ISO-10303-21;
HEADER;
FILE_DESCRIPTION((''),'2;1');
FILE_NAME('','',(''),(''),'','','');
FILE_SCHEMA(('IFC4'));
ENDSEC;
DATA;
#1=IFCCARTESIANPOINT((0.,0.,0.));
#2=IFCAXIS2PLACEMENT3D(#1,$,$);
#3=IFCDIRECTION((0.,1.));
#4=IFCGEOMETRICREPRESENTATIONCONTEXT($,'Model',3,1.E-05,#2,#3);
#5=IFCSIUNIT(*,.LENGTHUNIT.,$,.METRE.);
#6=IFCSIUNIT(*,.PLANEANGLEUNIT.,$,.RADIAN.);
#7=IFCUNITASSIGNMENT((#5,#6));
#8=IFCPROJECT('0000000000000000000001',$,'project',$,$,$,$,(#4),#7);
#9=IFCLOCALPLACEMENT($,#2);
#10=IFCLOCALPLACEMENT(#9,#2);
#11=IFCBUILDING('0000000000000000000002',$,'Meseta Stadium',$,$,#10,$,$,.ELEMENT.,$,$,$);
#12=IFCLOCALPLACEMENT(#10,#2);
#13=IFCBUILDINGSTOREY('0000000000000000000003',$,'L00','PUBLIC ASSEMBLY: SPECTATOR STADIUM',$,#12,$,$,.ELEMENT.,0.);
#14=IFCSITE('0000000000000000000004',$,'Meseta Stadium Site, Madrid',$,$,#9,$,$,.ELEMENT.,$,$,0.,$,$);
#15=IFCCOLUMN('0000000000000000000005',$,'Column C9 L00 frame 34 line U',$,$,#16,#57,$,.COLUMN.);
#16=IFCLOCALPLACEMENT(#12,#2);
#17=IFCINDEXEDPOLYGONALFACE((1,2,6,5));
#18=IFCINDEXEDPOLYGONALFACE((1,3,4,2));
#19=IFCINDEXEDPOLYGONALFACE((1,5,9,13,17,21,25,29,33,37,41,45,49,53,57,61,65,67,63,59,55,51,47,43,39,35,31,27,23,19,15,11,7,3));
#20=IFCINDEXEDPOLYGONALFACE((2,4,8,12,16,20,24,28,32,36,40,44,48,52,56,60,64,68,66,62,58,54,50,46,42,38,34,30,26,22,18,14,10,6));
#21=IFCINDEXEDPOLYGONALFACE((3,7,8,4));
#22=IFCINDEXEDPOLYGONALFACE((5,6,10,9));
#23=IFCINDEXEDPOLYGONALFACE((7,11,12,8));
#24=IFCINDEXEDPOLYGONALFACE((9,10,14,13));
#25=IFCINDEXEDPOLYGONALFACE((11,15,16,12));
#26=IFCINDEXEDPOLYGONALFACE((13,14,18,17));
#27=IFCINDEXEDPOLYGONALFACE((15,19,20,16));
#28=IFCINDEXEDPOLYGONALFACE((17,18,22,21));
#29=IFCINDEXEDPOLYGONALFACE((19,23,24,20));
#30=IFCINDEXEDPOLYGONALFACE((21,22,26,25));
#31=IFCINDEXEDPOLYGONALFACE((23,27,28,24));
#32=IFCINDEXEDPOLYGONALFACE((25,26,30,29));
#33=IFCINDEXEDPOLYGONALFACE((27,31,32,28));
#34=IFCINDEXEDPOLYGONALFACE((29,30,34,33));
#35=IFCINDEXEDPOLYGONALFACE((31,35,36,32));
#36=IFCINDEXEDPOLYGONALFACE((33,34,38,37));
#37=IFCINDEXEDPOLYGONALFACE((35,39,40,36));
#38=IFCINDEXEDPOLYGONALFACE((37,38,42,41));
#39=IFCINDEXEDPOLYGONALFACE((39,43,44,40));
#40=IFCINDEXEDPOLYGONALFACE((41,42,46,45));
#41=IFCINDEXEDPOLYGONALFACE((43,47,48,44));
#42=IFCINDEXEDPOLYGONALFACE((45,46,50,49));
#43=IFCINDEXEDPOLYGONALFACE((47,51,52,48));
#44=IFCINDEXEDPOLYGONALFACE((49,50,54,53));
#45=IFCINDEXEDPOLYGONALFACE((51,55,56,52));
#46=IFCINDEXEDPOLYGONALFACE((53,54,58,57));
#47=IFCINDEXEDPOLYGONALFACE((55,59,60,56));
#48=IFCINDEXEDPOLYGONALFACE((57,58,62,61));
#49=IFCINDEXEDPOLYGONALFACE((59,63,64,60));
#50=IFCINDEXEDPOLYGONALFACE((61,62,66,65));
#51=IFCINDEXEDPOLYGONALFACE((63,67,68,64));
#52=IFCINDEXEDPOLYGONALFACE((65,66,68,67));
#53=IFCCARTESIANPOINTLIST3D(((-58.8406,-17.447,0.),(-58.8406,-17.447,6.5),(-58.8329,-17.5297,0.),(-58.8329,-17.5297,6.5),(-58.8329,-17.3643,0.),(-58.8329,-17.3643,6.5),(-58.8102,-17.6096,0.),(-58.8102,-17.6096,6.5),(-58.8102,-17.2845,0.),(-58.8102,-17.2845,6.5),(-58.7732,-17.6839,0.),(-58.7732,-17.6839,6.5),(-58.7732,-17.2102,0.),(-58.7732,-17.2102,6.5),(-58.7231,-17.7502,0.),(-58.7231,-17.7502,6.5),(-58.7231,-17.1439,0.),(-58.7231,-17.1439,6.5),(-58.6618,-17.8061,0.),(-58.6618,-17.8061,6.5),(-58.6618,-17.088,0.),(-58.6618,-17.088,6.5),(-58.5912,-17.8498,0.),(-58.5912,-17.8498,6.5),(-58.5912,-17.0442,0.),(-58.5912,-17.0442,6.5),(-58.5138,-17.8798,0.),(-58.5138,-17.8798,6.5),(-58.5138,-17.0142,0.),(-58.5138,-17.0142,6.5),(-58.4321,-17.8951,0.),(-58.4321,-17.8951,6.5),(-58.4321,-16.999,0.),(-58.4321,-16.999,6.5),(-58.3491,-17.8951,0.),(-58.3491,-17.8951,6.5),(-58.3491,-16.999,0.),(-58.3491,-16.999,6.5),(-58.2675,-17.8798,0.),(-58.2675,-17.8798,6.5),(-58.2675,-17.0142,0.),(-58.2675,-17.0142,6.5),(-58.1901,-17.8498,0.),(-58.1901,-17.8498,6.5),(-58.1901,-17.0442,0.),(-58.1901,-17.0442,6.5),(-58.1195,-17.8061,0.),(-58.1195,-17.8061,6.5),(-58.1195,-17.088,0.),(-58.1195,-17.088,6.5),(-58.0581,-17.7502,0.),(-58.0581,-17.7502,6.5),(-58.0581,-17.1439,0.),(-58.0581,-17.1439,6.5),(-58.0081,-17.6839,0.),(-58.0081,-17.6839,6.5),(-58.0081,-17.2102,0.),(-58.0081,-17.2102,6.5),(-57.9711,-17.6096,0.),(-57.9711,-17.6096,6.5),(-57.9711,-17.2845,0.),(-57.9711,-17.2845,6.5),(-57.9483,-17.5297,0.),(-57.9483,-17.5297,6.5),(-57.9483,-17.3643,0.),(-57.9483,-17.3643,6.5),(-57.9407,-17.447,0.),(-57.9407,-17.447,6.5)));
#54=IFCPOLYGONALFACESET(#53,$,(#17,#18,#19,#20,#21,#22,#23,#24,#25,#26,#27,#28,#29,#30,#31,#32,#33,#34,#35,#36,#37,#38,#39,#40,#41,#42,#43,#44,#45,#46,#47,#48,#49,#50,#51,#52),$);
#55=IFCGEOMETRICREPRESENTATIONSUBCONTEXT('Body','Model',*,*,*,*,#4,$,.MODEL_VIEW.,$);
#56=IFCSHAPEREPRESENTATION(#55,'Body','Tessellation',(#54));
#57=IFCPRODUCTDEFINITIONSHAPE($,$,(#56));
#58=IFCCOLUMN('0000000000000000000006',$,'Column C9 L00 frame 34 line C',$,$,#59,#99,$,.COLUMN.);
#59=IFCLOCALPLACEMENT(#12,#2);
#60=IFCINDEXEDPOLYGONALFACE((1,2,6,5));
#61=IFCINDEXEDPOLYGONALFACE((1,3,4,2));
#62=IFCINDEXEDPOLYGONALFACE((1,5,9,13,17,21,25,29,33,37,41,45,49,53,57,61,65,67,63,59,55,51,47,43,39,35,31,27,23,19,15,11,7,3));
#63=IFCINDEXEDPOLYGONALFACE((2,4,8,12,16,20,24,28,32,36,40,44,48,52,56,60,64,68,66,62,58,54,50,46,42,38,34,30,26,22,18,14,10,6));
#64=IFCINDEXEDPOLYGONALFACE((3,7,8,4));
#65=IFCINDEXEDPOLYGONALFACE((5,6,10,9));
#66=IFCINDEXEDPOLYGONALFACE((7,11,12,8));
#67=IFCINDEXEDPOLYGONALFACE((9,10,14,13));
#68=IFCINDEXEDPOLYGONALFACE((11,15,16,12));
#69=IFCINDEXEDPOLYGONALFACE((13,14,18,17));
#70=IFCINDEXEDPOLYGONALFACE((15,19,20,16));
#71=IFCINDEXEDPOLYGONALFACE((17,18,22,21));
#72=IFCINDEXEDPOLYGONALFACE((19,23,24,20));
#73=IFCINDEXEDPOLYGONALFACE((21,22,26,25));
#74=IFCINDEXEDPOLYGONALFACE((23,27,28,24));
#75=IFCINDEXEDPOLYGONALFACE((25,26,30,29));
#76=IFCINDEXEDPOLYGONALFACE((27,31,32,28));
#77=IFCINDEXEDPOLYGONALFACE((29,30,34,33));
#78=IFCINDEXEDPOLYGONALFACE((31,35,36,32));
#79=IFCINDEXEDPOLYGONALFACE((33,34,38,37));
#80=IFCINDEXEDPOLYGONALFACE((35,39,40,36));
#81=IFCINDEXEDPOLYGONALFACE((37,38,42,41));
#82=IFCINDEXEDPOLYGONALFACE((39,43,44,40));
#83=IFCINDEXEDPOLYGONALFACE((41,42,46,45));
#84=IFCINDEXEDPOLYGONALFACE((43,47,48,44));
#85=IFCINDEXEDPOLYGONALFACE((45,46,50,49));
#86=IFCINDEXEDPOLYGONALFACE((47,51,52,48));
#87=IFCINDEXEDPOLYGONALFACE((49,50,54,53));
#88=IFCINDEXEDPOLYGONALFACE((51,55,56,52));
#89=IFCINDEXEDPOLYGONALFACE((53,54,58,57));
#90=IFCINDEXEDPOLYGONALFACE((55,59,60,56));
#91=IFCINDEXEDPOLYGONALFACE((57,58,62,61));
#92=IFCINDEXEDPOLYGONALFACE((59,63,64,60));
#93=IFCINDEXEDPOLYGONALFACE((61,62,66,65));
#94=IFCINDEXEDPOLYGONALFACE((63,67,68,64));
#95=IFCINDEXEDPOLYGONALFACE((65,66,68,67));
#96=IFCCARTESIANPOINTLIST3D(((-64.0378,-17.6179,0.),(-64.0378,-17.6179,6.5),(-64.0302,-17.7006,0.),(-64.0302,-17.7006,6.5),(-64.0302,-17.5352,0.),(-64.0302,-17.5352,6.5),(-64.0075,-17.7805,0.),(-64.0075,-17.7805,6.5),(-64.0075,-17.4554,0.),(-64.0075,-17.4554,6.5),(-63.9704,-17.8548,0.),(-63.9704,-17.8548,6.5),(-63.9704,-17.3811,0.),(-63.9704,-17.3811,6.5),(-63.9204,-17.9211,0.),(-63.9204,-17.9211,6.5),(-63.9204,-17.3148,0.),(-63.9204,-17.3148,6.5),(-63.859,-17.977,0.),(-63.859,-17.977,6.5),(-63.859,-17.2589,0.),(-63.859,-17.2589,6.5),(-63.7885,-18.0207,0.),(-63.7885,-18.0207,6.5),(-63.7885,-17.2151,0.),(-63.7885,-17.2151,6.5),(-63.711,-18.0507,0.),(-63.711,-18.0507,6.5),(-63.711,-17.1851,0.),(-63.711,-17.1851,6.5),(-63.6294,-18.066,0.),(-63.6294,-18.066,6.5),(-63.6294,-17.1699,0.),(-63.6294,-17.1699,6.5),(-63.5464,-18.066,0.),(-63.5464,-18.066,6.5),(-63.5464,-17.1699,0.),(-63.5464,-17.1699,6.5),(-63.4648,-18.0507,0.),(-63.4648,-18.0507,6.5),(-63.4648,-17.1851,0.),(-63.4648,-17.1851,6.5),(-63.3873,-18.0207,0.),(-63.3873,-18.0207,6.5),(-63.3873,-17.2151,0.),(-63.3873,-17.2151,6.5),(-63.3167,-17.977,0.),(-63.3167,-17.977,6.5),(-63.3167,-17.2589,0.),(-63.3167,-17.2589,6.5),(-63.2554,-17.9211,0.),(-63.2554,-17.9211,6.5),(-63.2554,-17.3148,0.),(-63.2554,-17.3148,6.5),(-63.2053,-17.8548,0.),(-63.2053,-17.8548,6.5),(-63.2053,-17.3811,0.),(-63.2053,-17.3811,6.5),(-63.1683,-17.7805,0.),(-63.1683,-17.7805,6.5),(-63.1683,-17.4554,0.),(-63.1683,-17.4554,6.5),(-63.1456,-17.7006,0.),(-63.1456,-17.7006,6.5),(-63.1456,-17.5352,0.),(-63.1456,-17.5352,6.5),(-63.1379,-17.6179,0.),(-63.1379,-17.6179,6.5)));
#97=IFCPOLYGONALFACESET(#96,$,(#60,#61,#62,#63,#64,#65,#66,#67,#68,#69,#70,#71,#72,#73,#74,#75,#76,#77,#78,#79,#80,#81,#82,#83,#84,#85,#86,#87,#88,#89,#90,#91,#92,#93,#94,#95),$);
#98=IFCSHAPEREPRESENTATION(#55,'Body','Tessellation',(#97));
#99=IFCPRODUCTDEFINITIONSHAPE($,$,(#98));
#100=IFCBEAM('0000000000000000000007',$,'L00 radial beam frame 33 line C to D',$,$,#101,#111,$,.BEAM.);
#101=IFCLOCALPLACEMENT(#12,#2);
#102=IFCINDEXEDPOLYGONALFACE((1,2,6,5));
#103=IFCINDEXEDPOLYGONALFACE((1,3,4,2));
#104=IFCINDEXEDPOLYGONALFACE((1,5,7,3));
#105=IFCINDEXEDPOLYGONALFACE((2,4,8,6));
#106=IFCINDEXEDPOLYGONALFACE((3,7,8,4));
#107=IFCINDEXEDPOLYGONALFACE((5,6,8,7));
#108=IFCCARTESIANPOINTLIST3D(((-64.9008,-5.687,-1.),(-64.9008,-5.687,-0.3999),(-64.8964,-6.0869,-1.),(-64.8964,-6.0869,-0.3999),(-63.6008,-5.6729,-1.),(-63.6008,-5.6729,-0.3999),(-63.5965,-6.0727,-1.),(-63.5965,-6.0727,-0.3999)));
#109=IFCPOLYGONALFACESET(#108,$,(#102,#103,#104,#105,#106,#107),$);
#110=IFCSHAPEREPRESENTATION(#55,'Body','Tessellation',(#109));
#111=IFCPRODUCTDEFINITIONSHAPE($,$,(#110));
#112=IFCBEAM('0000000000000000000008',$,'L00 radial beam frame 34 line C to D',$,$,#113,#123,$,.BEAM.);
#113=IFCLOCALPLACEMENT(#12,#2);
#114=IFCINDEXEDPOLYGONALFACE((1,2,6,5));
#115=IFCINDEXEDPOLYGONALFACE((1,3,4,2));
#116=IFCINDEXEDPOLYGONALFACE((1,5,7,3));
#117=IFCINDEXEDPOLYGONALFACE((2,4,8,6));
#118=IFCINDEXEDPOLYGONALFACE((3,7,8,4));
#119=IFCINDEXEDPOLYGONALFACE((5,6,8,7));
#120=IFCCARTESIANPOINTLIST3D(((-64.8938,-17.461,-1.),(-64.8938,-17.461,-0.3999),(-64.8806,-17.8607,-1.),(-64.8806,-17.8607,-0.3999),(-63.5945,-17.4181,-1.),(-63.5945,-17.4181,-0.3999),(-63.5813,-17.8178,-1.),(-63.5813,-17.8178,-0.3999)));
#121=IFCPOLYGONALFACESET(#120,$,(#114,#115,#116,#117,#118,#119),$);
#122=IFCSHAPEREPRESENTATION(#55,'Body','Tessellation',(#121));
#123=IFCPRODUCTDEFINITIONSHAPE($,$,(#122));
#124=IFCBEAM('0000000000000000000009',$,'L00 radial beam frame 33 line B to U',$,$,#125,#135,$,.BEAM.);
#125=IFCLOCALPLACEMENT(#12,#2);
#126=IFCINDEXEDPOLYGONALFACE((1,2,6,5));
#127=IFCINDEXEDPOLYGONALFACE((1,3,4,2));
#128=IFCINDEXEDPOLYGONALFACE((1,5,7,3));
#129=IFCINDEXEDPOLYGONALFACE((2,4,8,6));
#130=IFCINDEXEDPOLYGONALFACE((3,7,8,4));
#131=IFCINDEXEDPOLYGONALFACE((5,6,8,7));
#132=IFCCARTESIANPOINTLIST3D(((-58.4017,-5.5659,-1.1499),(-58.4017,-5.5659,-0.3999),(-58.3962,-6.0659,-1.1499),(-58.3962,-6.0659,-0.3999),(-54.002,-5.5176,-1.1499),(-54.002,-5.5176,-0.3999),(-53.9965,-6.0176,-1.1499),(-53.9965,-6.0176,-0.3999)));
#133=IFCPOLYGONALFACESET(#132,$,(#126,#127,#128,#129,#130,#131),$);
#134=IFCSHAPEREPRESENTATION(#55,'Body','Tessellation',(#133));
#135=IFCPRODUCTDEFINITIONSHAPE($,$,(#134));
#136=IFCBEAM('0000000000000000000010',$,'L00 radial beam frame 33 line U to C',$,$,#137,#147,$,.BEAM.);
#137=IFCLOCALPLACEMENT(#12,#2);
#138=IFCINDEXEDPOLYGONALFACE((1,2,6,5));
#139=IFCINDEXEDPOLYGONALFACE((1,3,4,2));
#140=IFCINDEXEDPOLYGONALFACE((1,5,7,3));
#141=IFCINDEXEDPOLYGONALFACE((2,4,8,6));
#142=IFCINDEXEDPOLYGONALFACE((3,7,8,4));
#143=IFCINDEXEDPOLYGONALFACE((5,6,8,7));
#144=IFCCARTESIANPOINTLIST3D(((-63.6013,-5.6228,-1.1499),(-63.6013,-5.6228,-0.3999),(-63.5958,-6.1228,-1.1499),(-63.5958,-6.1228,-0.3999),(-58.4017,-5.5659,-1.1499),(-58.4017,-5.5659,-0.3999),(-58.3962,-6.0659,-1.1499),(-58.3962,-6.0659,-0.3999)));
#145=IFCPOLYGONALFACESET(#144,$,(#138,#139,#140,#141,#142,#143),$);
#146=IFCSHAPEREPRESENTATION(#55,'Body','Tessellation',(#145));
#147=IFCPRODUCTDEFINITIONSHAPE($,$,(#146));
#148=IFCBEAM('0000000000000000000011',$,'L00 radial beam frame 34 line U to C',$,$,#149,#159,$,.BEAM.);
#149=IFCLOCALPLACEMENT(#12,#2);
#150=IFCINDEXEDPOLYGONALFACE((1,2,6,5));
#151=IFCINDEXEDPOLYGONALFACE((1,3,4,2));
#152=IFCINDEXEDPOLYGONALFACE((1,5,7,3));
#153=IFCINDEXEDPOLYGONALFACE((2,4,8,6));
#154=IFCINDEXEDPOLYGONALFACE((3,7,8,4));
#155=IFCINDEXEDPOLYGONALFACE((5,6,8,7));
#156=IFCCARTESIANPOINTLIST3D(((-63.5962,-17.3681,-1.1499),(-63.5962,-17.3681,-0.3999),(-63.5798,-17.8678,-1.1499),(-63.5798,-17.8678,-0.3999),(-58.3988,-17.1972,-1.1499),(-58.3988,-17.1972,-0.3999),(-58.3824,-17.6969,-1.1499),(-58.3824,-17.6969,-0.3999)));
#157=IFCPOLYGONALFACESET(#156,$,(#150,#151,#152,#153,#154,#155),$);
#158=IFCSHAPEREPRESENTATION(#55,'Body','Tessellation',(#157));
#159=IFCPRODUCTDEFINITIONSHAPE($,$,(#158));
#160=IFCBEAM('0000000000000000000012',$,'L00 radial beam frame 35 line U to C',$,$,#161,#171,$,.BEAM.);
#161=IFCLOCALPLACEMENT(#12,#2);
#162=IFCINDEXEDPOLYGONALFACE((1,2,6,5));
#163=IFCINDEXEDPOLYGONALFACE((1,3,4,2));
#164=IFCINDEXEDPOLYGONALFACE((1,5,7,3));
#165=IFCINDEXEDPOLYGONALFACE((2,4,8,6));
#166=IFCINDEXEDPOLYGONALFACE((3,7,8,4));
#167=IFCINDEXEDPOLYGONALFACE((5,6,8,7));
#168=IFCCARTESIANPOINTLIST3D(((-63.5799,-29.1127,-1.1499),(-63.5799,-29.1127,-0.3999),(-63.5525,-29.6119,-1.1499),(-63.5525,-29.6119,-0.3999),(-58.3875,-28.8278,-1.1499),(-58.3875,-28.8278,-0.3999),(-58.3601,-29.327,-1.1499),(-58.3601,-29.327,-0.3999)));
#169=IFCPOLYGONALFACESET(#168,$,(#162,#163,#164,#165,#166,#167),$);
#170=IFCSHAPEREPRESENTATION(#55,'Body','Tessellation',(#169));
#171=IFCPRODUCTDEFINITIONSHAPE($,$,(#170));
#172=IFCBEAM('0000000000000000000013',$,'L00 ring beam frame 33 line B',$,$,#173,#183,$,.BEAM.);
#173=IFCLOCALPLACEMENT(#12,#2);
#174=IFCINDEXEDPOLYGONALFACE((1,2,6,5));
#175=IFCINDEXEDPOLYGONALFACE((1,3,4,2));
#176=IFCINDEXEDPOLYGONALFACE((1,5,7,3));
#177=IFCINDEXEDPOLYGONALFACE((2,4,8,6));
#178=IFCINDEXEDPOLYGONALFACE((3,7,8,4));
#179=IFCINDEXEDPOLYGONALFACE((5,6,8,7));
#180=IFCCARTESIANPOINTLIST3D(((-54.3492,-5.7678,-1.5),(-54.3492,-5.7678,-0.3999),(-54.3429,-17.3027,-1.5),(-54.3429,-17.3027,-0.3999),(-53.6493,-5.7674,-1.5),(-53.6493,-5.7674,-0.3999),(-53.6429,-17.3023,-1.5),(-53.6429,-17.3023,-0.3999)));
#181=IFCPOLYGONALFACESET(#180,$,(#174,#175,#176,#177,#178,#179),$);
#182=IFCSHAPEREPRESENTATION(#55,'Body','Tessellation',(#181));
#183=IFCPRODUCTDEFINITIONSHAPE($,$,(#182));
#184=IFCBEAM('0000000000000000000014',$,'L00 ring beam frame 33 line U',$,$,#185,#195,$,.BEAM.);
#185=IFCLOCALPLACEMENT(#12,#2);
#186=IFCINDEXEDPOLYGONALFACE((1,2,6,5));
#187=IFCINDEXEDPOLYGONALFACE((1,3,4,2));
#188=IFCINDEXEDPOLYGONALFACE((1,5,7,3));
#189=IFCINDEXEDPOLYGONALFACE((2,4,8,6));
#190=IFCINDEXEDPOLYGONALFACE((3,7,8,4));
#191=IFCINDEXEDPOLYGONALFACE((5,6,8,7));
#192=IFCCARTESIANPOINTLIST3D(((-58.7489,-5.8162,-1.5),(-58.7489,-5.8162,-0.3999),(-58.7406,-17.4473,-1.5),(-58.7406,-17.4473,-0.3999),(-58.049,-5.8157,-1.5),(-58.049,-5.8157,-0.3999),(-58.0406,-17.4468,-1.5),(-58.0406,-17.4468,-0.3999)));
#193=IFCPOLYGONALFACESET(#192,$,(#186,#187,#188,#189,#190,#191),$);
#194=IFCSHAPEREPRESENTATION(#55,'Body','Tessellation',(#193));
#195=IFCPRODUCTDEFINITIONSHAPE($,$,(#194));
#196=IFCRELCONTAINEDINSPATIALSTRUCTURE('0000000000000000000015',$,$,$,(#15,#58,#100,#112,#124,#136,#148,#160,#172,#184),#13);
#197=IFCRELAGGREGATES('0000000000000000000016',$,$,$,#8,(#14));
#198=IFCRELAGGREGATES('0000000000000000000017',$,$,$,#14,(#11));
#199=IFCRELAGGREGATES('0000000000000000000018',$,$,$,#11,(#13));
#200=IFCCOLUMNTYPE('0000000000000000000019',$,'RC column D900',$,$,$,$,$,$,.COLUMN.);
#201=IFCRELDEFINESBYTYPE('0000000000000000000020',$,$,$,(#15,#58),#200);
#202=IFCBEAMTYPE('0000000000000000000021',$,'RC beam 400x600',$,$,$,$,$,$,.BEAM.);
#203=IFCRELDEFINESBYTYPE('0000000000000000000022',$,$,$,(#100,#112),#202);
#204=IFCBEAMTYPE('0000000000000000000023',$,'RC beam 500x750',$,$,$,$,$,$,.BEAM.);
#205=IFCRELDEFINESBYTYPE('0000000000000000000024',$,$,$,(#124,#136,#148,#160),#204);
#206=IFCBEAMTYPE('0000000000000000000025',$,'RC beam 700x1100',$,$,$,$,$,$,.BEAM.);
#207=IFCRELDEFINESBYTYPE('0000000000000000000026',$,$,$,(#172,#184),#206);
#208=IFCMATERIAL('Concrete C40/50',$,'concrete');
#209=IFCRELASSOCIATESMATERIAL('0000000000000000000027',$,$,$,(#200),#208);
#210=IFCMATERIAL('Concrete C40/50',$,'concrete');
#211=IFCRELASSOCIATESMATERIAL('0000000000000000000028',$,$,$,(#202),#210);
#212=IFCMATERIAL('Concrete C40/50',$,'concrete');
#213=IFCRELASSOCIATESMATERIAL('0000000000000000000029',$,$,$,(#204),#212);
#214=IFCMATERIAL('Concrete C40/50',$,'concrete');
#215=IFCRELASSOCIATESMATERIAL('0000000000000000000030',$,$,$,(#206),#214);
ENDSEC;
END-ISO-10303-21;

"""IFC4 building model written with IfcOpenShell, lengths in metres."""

from ifc_helpers import new_model, si_unit, direction, frame, origin, origin_2d, place, context, subcontext, project, spatial, rectangle, circle, extrude, material, material_profile, profile_set, type_object, element, save


model = new_model("IFC4")

# Units and contexts
model_context = context("Model", 3, precision=1e-05, world=origin(), true_north=direction((0.0, 1.0)))
body_context = subcontext(model_context, "Body", "Model", "MODEL_VIEW")
ifc_project = project(units=[si_unit("LENGTHUNIT", "METRE"), si_unit("PLANEANGLEUNIT", "RADIAN")], contexts=[model_context])

# Site, building, storey
site_placement = place(None, origin())
site = spatial("IfcSite", under=ifc_project, at=site_placement, Name="Meseta Stadium Site, Madrid", CompositionType="ELEMENT", RefElevation=0.0)
building_placement = place(site_placement, origin())
building = spatial("IfcBuilding", under=site, at=building_placement, Name="Meseta Stadium", CompositionType="ELEMENT")
storey_placement = place(building_placement, origin())
storey = spatial("IfcBuildingStorey", under=building, at=storey_placement, Name="L00", Description="PUBLIC ASSEMBLY: SPECTATOR STADIUM", CompositionType="ELEMENT", Elevation=0.0)

# Columns
ifc_material_1 = material(Name="Concrete C40/50", Category="concrete")
ifc_material_profile_1 = material_profile(ifc_material_1, circle(Radius=0.45, at=origin_2d()), Name="RC D900")
ifc_profile_set_1 = profile_set([ifc_material_profile_1], Name="Concrete C40/50")
column_type = type_object("IfcColumnType", Name="RC column D900", PredefinedType="COLUMN", material=ifc_profile_set_1)
for number, where, z_axis, x_axis, name in (
    (1, (-58.3906, -17.447, 0.0), (0.0, 0.0, 1.0), (1.0, 0.0, 0.0), "Column C9 L00 frame 34 line U"),
    (2, (-63.5879, -17.6179, 0.0), (0.0, 0.0, 1.0), (1.0, 0.0, 0.0), "Column C9 L00 frame 34 line C"),
):
    element("IfcColumn", number, at=place(storey_placement, frame(where, z_axis=z_axis, x_axis=x_axis)), inside=storey, type_object=column_type, Name=name, PredefinedType="COLUMN", context=body_context, shape_type="SweptSolid", body=[
        extrude(circle(Radius=0.45, at=origin_2d()), origin(), (0.0, 0.0, 1.0), 6.5),
    ])

# Beams
ifc_material_2 = material(Name="Concrete C40/50", Category="concrete")
ifc_material_profile_2 = material_profile(ifc_material_2, rectangle(XDim=0.3999, YDim=0.6001, at=origin_2d()), Name="RC 400x600")
ifc_profile_set_2 = profile_set([ifc_material_profile_2], Name="Concrete C40/50")
beam_type_1 = type_object("IfcBeamType", Name="RC beam 400x600", PredefinedType="BEAM", material=ifc_profile_set_2)
for number, where, z_axis, x_axis, name in (
    (3, (-63.5986, -5.8728, -0.7), (-0.999941, -0.010891, 0.0), (0.010891, -0.999941, 0.0), "L00 radial beam frame 33 line C to D"),
    (4, (-63.5879, -17.6179, -0.7), (-0.999454, -0.033052, 0.0), (0.033052, -0.999454, 0.0), "L00 radial beam frame 34 line C to D"),
):
    element("IfcBeam", number, at=place(storey_placement, frame(where, z_axis=z_axis, x_axis=x_axis)), inside=storey, type_object=beam_type_1, Name=name, PredefinedType="BEAM", context=body_context, shape_type="SweptSolid", body=[
        extrude(rectangle(XDim=0.3999, YDim=0.6001, at=origin_2d()), origin(), (0.0, 0.0, 1.0), 1.3),
    ])
ifc_material_3 = material(Name="Concrete C40/50", Category="concrete")
ifc_material_profile_3 = material_profile(ifc_material_3, rectangle(XDim=0.5, YDim=0.75, at=origin_2d()), Name="RC 500x750")
ifc_profile_set_3 = profile_set([ifc_material_profile_3], Name="Concrete C40/50")
beam_type_2 = type_object("IfcBeamType", Name="RC beam 500x750", PredefinedType="BEAM", material=ifc_profile_set_3)
beam_1_placement = place(storey_placement, frame((-53.9993, -5.7676, -0.7749), z_axis=(-0.99994, -0.010987, 0.0), x_axis=(0.010987, -0.99994, 0.0)))
element("IfcBeam", 5, at=beam_1_placement, inside=storey, type_object=beam_type_2, Name="L00 radial beam frame 33 line B to U", PredefinedType="BEAM", context=body_context, shape_type="SweptSolid", body=[
    extrude(rectangle(XDim=0.5, YDim=0.75, at=origin_2d()), origin(), (0.0, 0.0, 1.0), 4.3999),
])
beam_2_placement = place(storey_placement, frame((-58.3989, -5.8159, -0.7749), z_axis=(-0.99994, -0.010939, 0.0), x_axis=(0.010939, -0.99994, 0.0)))
element("IfcBeam", 6, at=beam_2_placement, inside=storey, type_object=beam_type_2, Name="L00 radial beam frame 33 line U to C", PredefinedType="BEAM", context=body_context, shape_type="SweptSolid", body=[
    extrude(rectangle(XDim=0.5, YDim=0.75, at=origin_2d()), origin(), (0.0, 0.0, 1.0), 5.2),
])
for number, where, z_axis, x_axis, name in (
    (7, (-58.3906, -17.447, -0.7749), (-0.99946, -0.032865, 0.0), (0.032865, -0.99946, 0.0), "L00 radial beam frame 34 line U to C"),
    (8, (-58.3738, -29.0774, -0.7749), (-0.998498, -0.054789, 0.0), (0.054789, -0.998498, 0.0), "L00 radial beam frame 35 line U to C"),
):
    element("IfcBeam", number, at=place(storey_placement, frame(where, z_axis=z_axis, x_axis=x_axis)), inside=storey, type_object=beam_type_2, Name=name, PredefinedType="BEAM", context=body_context, shape_type="SweptSolid", body=[
        extrude(rectangle(XDim=0.5, YDim=0.75, at=origin_2d()), origin(), (0.0, 0.0, 1.0), 5.2002),
    ])
ifc_material_4 = material(Name="Concrete C40/50", Category="concrete")
ifc_material_profile_4 = material_profile(ifc_material_4, rectangle(XDim=0.7, YDim=1.1001, at=origin_2d()), Name="RC 700x1100")
ifc_profile_set_4 = profile_set([ifc_material_profile_4], Name="Concrete C40/50")
beam_type_3 = type_object("IfcBeamType", Name="RC beam 700x1100", PredefinedType="BEAM", material=ifc_profile_set_4)
beam_3_placement = place(storey_placement, frame((-53.9993, -5.7676, -0.95), z_axis=(0.00055, -1.0, 0.0), x_axis=(1.0, 0.00055, 0.0)))
element("IfcBeam", 9, at=beam_3_placement, inside=storey, type_object=beam_type_3, Name="L00 ring beam frame 33 line B", PredefinedType="BEAM", context=body_context, shape_type="SweptSolid", body=[
    extrude(rectangle(XDim=0.7, YDim=1.1001, at=origin_2d()), origin(), (0.0, 0.0, 1.0), 11.5349),
])
beam_4_placement = place(storey_placement, frame((-58.3989, -5.8159, -0.95), z_axis=(0.000714, -1.0, 0.0), x_axis=(1.0, 0.000714, 0.0)))
element("IfcBeam", 10, at=beam_4_placement, inside=storey, type_object=beam_type_3, Name="L00 ring beam frame 33 line U", PredefinedType="BEAM", context=body_context, shape_type="SweptSolid", body=[
    extrude(rectangle(XDim=0.7, YDim=1.1001, at=origin_2d()), origin(), (0.0, 0.0, 1.0), 11.6311),
])

save(model, "model.ifc")
